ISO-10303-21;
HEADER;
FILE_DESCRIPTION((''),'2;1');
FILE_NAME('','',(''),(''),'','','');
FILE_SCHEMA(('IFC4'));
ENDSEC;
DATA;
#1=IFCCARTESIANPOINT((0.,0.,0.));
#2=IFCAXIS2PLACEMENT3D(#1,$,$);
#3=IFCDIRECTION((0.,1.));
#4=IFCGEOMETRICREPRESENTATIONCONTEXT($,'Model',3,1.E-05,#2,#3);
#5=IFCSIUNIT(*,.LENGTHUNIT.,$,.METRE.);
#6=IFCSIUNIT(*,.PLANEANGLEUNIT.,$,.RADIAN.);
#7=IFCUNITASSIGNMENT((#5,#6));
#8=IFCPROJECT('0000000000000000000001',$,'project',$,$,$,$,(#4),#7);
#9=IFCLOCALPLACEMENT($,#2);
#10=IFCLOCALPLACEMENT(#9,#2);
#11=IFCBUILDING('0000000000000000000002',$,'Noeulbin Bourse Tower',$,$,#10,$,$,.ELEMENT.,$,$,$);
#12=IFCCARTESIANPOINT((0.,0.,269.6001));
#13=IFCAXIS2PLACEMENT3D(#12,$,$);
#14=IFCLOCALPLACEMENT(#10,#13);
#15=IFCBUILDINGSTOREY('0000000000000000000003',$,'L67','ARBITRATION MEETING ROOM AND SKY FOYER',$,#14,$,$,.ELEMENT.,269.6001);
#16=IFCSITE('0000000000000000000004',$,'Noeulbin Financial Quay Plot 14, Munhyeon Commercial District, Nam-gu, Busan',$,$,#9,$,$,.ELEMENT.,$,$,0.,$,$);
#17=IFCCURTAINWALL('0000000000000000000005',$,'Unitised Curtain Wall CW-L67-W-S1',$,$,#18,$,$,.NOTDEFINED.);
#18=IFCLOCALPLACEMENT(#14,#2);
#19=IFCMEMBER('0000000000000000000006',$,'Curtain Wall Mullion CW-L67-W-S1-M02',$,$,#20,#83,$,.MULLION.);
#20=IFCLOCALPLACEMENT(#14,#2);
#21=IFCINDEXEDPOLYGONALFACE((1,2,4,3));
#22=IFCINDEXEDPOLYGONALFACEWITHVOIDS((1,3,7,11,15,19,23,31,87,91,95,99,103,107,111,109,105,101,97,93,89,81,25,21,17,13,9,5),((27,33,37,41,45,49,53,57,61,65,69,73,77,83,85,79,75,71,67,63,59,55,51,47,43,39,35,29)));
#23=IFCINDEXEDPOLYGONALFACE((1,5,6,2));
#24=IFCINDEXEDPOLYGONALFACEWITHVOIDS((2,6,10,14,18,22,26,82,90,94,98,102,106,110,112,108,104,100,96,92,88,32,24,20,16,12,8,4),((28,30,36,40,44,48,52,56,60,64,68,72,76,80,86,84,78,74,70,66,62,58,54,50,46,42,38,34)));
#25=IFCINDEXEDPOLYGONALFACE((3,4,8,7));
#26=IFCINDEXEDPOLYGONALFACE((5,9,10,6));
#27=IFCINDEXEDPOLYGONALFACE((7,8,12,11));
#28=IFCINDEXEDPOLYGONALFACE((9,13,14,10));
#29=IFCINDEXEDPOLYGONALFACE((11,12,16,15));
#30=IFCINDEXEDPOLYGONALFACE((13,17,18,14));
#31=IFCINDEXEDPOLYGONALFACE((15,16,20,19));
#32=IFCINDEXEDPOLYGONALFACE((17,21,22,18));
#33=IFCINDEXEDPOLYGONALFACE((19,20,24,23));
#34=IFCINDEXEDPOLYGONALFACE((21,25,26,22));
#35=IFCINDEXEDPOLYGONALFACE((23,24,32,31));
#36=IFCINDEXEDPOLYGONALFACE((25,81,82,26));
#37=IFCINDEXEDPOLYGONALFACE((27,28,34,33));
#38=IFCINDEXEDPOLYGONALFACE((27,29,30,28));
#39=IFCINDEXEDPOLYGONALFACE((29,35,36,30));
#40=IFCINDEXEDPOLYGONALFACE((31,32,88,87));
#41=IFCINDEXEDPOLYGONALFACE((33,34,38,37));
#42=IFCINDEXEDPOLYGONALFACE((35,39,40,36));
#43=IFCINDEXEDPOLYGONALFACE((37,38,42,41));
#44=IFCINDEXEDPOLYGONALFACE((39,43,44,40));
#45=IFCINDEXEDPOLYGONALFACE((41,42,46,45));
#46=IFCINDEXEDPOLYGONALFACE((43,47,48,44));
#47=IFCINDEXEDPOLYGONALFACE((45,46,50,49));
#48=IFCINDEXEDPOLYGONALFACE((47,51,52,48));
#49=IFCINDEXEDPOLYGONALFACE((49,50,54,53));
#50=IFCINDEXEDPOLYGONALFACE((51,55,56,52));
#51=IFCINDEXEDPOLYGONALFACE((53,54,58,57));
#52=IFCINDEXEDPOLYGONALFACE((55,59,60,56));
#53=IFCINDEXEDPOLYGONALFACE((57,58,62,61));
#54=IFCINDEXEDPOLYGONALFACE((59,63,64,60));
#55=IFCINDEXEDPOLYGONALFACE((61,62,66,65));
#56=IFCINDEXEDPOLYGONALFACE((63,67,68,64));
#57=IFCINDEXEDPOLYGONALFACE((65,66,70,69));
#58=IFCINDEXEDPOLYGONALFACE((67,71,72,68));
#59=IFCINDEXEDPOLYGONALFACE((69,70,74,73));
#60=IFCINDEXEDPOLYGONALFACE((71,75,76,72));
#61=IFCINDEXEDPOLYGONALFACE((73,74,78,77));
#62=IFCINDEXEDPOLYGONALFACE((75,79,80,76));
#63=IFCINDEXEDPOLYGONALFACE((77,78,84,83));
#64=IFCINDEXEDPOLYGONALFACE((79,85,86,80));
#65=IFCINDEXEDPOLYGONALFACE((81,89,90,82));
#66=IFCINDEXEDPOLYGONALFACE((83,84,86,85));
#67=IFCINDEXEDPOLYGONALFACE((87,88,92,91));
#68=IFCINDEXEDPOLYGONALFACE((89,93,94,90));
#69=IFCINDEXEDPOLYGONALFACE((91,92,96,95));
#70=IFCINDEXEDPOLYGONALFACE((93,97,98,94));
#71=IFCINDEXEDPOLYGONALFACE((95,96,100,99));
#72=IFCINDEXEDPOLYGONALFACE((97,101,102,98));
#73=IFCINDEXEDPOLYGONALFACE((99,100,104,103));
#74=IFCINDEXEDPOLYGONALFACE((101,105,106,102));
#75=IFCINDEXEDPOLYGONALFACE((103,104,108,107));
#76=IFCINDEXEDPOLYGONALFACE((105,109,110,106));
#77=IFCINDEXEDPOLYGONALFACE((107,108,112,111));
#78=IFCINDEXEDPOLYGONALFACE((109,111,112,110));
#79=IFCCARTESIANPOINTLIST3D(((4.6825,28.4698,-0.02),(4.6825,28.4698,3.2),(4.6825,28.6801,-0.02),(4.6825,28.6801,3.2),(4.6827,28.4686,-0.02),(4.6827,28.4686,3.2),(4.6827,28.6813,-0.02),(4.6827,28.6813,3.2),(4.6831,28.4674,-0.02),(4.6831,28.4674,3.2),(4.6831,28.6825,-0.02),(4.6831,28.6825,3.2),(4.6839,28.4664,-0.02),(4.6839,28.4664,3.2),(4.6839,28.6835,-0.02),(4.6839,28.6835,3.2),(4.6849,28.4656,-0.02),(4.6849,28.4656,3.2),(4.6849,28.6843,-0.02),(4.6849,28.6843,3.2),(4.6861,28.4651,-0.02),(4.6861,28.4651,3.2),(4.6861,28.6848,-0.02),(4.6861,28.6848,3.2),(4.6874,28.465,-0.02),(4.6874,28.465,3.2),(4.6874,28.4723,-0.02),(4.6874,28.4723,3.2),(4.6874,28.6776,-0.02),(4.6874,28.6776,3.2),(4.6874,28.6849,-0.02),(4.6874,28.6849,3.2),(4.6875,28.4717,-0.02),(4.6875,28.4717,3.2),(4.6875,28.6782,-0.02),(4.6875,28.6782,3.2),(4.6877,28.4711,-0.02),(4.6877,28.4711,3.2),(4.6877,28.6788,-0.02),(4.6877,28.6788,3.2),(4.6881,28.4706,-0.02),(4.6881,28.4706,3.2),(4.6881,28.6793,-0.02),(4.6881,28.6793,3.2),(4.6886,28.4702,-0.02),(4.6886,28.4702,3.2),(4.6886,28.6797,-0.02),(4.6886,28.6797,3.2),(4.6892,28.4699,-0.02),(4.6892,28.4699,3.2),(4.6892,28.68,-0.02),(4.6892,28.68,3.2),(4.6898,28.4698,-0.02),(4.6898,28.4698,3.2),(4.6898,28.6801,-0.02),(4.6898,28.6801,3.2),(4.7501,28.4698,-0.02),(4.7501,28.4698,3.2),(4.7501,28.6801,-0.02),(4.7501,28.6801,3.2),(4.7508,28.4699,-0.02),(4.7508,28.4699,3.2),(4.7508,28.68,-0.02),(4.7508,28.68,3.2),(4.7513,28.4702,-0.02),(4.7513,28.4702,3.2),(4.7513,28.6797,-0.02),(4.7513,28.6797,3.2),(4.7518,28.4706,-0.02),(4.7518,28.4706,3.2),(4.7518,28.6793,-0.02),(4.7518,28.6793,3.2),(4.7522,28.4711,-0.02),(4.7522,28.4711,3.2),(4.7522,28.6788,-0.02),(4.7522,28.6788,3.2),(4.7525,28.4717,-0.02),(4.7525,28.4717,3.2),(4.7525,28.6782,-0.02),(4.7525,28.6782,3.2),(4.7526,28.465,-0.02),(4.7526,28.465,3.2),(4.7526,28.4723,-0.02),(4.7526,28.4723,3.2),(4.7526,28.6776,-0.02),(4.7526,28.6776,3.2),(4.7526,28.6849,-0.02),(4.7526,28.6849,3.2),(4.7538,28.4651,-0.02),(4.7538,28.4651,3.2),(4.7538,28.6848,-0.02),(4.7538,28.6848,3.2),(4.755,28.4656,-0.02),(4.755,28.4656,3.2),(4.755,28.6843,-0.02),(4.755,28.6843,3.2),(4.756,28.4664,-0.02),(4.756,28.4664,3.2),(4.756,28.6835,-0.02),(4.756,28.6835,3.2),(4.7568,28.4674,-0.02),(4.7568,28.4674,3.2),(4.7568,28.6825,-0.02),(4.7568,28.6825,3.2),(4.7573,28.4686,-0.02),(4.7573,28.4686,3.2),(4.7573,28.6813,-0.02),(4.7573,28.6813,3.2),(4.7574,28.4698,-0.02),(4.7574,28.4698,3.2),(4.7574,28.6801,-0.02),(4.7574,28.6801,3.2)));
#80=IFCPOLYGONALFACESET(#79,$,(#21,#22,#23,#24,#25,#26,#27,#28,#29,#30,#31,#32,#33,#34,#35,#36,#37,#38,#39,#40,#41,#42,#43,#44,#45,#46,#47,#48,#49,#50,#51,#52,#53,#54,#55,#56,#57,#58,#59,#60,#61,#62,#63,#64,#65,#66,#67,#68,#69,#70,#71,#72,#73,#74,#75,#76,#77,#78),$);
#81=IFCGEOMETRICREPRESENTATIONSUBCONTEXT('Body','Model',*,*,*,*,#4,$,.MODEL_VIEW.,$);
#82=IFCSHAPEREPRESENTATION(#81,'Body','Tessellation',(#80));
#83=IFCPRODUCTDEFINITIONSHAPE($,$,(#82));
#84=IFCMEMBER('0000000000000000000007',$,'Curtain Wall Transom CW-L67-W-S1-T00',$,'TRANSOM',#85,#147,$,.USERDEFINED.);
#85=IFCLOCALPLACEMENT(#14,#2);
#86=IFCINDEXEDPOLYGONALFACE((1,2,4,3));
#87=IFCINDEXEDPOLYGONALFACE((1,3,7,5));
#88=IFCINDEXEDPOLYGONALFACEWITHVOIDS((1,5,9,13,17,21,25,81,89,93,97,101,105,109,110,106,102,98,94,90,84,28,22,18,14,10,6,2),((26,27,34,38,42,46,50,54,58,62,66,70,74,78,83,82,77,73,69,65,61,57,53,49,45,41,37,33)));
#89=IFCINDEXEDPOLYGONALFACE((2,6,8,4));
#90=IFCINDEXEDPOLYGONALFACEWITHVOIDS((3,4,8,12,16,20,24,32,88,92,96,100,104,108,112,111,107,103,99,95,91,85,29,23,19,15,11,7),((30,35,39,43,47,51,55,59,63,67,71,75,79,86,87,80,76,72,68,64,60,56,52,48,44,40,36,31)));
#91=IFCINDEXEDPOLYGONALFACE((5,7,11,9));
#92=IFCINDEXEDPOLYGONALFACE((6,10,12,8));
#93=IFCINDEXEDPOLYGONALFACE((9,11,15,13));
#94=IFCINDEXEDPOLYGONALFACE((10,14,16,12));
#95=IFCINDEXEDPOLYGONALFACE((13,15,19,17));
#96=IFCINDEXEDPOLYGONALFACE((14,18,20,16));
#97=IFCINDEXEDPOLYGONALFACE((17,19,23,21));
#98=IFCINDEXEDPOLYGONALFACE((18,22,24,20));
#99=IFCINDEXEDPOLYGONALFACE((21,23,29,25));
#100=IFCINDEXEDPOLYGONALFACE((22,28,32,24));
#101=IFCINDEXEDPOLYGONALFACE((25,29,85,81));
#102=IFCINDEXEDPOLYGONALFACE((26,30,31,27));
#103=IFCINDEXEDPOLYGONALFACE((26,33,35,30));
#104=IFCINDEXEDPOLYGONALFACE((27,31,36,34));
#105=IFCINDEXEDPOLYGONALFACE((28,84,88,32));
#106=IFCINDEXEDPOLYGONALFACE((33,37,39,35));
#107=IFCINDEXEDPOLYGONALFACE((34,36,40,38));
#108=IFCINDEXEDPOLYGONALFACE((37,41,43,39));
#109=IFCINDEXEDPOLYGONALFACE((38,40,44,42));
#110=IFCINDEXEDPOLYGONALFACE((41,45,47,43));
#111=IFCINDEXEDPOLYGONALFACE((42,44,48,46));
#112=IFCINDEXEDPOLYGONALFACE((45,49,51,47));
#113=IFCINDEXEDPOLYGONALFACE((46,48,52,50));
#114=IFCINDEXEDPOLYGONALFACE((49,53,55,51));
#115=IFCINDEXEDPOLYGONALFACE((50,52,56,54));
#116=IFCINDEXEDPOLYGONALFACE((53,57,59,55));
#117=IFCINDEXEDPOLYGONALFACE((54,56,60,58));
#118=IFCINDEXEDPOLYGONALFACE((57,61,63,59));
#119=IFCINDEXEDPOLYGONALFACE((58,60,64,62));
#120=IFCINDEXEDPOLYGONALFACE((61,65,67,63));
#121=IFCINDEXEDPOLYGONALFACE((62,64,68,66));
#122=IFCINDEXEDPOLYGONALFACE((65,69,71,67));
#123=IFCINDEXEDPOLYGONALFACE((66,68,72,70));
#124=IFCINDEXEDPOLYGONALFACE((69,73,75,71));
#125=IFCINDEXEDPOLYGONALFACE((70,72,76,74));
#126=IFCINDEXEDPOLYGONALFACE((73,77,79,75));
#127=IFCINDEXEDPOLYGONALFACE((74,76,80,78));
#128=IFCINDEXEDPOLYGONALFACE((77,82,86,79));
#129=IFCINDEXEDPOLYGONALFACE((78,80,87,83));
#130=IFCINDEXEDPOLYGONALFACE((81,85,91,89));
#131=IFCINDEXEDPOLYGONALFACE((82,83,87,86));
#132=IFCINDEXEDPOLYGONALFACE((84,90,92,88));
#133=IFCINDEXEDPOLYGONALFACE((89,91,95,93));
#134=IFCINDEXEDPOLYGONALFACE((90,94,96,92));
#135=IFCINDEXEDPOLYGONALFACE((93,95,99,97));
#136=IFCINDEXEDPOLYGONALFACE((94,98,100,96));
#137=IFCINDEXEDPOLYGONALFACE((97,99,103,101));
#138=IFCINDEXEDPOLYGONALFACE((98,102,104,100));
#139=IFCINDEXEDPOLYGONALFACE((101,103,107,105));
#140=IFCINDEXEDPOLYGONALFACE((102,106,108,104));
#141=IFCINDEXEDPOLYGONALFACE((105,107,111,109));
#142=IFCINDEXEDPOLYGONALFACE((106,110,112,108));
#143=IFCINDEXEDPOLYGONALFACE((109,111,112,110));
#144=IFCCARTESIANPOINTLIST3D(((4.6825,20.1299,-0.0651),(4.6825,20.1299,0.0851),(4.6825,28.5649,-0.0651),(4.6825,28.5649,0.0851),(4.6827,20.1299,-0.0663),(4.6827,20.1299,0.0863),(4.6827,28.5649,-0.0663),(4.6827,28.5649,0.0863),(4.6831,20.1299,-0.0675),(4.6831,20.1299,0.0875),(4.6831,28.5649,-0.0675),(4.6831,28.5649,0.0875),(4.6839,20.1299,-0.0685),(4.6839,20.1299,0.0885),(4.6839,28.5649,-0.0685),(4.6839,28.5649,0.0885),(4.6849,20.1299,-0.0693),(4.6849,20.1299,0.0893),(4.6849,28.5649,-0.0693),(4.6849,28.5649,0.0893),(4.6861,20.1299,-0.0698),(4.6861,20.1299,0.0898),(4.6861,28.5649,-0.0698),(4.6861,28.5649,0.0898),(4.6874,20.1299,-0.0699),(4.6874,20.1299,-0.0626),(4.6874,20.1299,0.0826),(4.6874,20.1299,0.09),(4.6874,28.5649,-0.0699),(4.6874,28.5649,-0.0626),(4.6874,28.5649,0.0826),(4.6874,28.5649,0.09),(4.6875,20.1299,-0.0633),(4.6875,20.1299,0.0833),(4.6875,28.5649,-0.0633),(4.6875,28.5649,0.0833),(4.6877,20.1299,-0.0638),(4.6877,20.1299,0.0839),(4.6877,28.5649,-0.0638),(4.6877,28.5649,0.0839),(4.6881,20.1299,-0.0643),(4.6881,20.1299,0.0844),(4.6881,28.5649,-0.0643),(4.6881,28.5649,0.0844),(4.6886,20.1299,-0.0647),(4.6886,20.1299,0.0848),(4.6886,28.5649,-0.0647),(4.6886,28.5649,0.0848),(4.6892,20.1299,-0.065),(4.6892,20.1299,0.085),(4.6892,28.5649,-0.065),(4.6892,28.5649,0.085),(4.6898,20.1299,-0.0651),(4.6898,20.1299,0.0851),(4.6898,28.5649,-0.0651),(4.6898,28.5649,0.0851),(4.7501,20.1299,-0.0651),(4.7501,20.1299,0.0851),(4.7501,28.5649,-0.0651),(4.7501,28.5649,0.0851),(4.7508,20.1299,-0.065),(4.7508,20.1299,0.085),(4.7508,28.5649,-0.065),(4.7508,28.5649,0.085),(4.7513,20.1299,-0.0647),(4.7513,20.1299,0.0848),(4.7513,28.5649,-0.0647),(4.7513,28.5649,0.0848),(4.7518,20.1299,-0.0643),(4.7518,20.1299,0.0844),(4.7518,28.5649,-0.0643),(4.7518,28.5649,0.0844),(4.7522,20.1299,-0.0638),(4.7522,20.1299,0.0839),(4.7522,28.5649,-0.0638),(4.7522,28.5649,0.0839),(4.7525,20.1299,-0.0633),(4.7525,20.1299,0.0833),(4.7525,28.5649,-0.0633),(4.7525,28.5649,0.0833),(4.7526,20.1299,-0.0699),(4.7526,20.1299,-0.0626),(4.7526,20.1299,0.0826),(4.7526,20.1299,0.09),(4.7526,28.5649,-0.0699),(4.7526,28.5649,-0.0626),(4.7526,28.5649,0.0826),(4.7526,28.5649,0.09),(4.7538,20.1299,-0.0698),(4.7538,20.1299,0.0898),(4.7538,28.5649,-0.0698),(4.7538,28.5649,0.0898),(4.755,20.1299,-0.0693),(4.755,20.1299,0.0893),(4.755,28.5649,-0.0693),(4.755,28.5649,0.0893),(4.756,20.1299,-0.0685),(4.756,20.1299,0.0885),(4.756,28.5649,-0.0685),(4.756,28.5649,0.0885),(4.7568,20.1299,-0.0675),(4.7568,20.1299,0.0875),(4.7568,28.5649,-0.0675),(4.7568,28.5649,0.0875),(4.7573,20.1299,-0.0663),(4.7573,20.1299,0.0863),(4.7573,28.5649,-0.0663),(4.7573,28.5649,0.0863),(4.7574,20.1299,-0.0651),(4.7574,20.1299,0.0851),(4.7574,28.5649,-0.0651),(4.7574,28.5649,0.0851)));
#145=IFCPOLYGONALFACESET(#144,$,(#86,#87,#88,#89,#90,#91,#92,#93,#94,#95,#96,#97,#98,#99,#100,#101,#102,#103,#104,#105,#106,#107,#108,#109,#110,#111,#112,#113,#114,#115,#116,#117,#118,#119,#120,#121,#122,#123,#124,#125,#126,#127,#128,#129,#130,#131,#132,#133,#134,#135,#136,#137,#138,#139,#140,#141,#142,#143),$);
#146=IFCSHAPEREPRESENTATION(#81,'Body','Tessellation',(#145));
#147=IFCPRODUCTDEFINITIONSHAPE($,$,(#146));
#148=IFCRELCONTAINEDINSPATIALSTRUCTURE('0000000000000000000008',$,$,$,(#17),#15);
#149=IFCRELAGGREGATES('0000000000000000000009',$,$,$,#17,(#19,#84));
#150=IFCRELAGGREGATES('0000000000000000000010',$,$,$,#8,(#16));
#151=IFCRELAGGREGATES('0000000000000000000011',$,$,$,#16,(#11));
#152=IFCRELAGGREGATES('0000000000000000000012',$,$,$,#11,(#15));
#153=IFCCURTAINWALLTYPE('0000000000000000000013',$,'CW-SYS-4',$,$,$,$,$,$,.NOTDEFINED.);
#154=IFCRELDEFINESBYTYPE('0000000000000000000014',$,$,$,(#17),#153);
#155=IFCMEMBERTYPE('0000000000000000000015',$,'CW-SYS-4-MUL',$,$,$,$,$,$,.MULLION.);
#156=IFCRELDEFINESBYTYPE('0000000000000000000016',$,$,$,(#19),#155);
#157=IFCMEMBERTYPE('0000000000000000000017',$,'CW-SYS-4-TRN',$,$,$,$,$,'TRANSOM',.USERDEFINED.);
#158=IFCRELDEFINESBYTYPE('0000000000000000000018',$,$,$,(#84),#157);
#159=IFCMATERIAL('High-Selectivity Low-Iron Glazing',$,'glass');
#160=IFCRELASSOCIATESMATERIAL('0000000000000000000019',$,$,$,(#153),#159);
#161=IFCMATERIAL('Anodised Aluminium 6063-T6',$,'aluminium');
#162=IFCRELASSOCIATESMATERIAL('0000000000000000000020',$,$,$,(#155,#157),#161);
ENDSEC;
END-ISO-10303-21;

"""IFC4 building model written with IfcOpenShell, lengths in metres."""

from ifc_helpers import new_model, si_unit, direction, frame, origin, origin_2d, place, context, subcontext, project, spatial, hollow_rectangle, extrude, material, material_profile, profile_set, type_object, element, aggregate, save


model = new_model("IFC4")

# Units and contexts
model_context = context("Model", 3, precision=1e-05, world=origin(), true_north=direction((0.0, 1.0)))
body_context = subcontext(model_context, "Body", "Model", "MODEL_VIEW")
ifc_project = project(units=[si_unit("LENGTHUNIT", "METRE"), si_unit("PLANEANGLEUNIT", "RADIAN")], contexts=[model_context])

# Site, building, storey
site_placement = place(None, origin())
site = spatial("IfcSite", under=ifc_project, at=site_placement, Name="Noeulbin Financial Quay Plot 14, Munhyeon Commercial District, Nam-gu, Busan", CompositionType="ELEMENT", RefElevation=0.0)
building_placement = place(site_placement, origin())
building = spatial("IfcBuilding", under=site, at=building_placement, Name="Noeulbin Bourse Tower", CompositionType="ELEMENT")
storey_placement = place(building_placement, frame((0.0, 0.0, 269.6001)))
storey = spatial("IfcBuildingStorey", under=building, at=storey_placement, Name="L67", Description="ARBITRATION MEETING ROOM AND SKY FOYER", CompositionType="ELEMENT", Elevation=269.6001)

# Curtain wall, members
ifc_material_1 = material(Name="High-Selectivity Low-Iron Glazing", Category="glass")
curtain_wall_type = type_object("IfcCurtainWallType", Name="CW-SYS-4", PredefinedType="NOTDEFINED", material=ifc_material_1)
curtain_wall_placement = place(storey_placement, origin())
curtain_wall = element("IfcCurtainWall", 1, at=curtain_wall_placement, inside=storey, type_object=curtain_wall_type, Name="Unitised Curtain Wall CW-L67-W-S1", PredefinedType="NOTDEFINED")
ifc_material_2 = material(Name="Anodised Aluminium 6063-T6", Category="aluminium")
ifc_material_profile_1 = material_profile(ifc_material_2, hollow_rectangle(XDim=0.075, YDim=0.22, WallThickness=0.0049, InnerFilletRadius=0.0024, OuterFilletRadius=0.0049, at=origin_2d()), Name="ALU-MULL-75x220x5", Category="LoadBearing")
ifc_profile_set_1 = profile_set([ifc_material_profile_1], Name="Anodised Aluminium 6063-T6")
member_type_1 = type_object("IfcMemberType", Name="CW-SYS-4-MUL", PredefinedType="MULLION", material=ifc_profile_set_1)
member_1_placement = place(storey_placement, frame((4.72, 28.575, -0.02), z_axis=(0.0, 0.0, 1.0), x_axis=(1.0, 0.0, 0.0)))
member_1 = element("IfcMember", 2, at=member_1_placement, type_object=member_type_1, Name="Curtain Wall Mullion CW-L67-W-S1-M02", PredefinedType="MULLION", context=body_context, shape_type="SweptSolid", body=[
    extrude(hollow_rectangle(XDim=0.075, YDim=0.22, WallThickness=0.0049, InnerFilletRadius=0.0024, OuterFilletRadius=0.0049, at=origin_2d()), origin(), (0.0, 0.0, 1.0), 3.22),
])
ifc_material_profile_2 = material_profile(ifc_material_2, hollow_rectangle(XDim=0.075, YDim=0.1599, WallThickness=0.0049, InnerFilletRadius=0.0024, OuterFilletRadius=0.0049, at=origin_2d()), Name="ALU-TRAN-75x160x5", Category="LoadBearing")
ifc_profile_set_2 = profile_set([ifc_material_profile_2], Name="Anodised Aluminium 6063-T6")
member_type_2 = type_object("IfcMemberType", Name="CW-SYS-4-TRN", ElementType="TRANSOM", PredefinedType="USERDEFINED", material=ifc_profile_set_2)
member_2_placement = place(storey_placement, frame((4.72, 20.1299, 0.01), z_axis=(0.0, 1.0, 0.0), x_axis=(-1.0, 0.0, 0.0)))
member_2 = element("IfcMember", 3, at=member_2_placement, type_object=member_type_2, Name="Curtain Wall Transom CW-L67-W-S1-T00", ObjectType="TRANSOM", PredefinedType="USERDEFINED", context=body_context, shape_type="SweptSolid", body=[
    extrude(hollow_rectangle(XDim=0.075, YDim=0.1599, WallThickness=0.0049, InnerFilletRadius=0.0024, OuterFilletRadius=0.0049, at=origin_2d()), origin(), (0.0, 0.0, 1.0), 8.4351),
])
aggregate(curtain_wall, [member_1, member_2])

save(model, "model.ifc")
